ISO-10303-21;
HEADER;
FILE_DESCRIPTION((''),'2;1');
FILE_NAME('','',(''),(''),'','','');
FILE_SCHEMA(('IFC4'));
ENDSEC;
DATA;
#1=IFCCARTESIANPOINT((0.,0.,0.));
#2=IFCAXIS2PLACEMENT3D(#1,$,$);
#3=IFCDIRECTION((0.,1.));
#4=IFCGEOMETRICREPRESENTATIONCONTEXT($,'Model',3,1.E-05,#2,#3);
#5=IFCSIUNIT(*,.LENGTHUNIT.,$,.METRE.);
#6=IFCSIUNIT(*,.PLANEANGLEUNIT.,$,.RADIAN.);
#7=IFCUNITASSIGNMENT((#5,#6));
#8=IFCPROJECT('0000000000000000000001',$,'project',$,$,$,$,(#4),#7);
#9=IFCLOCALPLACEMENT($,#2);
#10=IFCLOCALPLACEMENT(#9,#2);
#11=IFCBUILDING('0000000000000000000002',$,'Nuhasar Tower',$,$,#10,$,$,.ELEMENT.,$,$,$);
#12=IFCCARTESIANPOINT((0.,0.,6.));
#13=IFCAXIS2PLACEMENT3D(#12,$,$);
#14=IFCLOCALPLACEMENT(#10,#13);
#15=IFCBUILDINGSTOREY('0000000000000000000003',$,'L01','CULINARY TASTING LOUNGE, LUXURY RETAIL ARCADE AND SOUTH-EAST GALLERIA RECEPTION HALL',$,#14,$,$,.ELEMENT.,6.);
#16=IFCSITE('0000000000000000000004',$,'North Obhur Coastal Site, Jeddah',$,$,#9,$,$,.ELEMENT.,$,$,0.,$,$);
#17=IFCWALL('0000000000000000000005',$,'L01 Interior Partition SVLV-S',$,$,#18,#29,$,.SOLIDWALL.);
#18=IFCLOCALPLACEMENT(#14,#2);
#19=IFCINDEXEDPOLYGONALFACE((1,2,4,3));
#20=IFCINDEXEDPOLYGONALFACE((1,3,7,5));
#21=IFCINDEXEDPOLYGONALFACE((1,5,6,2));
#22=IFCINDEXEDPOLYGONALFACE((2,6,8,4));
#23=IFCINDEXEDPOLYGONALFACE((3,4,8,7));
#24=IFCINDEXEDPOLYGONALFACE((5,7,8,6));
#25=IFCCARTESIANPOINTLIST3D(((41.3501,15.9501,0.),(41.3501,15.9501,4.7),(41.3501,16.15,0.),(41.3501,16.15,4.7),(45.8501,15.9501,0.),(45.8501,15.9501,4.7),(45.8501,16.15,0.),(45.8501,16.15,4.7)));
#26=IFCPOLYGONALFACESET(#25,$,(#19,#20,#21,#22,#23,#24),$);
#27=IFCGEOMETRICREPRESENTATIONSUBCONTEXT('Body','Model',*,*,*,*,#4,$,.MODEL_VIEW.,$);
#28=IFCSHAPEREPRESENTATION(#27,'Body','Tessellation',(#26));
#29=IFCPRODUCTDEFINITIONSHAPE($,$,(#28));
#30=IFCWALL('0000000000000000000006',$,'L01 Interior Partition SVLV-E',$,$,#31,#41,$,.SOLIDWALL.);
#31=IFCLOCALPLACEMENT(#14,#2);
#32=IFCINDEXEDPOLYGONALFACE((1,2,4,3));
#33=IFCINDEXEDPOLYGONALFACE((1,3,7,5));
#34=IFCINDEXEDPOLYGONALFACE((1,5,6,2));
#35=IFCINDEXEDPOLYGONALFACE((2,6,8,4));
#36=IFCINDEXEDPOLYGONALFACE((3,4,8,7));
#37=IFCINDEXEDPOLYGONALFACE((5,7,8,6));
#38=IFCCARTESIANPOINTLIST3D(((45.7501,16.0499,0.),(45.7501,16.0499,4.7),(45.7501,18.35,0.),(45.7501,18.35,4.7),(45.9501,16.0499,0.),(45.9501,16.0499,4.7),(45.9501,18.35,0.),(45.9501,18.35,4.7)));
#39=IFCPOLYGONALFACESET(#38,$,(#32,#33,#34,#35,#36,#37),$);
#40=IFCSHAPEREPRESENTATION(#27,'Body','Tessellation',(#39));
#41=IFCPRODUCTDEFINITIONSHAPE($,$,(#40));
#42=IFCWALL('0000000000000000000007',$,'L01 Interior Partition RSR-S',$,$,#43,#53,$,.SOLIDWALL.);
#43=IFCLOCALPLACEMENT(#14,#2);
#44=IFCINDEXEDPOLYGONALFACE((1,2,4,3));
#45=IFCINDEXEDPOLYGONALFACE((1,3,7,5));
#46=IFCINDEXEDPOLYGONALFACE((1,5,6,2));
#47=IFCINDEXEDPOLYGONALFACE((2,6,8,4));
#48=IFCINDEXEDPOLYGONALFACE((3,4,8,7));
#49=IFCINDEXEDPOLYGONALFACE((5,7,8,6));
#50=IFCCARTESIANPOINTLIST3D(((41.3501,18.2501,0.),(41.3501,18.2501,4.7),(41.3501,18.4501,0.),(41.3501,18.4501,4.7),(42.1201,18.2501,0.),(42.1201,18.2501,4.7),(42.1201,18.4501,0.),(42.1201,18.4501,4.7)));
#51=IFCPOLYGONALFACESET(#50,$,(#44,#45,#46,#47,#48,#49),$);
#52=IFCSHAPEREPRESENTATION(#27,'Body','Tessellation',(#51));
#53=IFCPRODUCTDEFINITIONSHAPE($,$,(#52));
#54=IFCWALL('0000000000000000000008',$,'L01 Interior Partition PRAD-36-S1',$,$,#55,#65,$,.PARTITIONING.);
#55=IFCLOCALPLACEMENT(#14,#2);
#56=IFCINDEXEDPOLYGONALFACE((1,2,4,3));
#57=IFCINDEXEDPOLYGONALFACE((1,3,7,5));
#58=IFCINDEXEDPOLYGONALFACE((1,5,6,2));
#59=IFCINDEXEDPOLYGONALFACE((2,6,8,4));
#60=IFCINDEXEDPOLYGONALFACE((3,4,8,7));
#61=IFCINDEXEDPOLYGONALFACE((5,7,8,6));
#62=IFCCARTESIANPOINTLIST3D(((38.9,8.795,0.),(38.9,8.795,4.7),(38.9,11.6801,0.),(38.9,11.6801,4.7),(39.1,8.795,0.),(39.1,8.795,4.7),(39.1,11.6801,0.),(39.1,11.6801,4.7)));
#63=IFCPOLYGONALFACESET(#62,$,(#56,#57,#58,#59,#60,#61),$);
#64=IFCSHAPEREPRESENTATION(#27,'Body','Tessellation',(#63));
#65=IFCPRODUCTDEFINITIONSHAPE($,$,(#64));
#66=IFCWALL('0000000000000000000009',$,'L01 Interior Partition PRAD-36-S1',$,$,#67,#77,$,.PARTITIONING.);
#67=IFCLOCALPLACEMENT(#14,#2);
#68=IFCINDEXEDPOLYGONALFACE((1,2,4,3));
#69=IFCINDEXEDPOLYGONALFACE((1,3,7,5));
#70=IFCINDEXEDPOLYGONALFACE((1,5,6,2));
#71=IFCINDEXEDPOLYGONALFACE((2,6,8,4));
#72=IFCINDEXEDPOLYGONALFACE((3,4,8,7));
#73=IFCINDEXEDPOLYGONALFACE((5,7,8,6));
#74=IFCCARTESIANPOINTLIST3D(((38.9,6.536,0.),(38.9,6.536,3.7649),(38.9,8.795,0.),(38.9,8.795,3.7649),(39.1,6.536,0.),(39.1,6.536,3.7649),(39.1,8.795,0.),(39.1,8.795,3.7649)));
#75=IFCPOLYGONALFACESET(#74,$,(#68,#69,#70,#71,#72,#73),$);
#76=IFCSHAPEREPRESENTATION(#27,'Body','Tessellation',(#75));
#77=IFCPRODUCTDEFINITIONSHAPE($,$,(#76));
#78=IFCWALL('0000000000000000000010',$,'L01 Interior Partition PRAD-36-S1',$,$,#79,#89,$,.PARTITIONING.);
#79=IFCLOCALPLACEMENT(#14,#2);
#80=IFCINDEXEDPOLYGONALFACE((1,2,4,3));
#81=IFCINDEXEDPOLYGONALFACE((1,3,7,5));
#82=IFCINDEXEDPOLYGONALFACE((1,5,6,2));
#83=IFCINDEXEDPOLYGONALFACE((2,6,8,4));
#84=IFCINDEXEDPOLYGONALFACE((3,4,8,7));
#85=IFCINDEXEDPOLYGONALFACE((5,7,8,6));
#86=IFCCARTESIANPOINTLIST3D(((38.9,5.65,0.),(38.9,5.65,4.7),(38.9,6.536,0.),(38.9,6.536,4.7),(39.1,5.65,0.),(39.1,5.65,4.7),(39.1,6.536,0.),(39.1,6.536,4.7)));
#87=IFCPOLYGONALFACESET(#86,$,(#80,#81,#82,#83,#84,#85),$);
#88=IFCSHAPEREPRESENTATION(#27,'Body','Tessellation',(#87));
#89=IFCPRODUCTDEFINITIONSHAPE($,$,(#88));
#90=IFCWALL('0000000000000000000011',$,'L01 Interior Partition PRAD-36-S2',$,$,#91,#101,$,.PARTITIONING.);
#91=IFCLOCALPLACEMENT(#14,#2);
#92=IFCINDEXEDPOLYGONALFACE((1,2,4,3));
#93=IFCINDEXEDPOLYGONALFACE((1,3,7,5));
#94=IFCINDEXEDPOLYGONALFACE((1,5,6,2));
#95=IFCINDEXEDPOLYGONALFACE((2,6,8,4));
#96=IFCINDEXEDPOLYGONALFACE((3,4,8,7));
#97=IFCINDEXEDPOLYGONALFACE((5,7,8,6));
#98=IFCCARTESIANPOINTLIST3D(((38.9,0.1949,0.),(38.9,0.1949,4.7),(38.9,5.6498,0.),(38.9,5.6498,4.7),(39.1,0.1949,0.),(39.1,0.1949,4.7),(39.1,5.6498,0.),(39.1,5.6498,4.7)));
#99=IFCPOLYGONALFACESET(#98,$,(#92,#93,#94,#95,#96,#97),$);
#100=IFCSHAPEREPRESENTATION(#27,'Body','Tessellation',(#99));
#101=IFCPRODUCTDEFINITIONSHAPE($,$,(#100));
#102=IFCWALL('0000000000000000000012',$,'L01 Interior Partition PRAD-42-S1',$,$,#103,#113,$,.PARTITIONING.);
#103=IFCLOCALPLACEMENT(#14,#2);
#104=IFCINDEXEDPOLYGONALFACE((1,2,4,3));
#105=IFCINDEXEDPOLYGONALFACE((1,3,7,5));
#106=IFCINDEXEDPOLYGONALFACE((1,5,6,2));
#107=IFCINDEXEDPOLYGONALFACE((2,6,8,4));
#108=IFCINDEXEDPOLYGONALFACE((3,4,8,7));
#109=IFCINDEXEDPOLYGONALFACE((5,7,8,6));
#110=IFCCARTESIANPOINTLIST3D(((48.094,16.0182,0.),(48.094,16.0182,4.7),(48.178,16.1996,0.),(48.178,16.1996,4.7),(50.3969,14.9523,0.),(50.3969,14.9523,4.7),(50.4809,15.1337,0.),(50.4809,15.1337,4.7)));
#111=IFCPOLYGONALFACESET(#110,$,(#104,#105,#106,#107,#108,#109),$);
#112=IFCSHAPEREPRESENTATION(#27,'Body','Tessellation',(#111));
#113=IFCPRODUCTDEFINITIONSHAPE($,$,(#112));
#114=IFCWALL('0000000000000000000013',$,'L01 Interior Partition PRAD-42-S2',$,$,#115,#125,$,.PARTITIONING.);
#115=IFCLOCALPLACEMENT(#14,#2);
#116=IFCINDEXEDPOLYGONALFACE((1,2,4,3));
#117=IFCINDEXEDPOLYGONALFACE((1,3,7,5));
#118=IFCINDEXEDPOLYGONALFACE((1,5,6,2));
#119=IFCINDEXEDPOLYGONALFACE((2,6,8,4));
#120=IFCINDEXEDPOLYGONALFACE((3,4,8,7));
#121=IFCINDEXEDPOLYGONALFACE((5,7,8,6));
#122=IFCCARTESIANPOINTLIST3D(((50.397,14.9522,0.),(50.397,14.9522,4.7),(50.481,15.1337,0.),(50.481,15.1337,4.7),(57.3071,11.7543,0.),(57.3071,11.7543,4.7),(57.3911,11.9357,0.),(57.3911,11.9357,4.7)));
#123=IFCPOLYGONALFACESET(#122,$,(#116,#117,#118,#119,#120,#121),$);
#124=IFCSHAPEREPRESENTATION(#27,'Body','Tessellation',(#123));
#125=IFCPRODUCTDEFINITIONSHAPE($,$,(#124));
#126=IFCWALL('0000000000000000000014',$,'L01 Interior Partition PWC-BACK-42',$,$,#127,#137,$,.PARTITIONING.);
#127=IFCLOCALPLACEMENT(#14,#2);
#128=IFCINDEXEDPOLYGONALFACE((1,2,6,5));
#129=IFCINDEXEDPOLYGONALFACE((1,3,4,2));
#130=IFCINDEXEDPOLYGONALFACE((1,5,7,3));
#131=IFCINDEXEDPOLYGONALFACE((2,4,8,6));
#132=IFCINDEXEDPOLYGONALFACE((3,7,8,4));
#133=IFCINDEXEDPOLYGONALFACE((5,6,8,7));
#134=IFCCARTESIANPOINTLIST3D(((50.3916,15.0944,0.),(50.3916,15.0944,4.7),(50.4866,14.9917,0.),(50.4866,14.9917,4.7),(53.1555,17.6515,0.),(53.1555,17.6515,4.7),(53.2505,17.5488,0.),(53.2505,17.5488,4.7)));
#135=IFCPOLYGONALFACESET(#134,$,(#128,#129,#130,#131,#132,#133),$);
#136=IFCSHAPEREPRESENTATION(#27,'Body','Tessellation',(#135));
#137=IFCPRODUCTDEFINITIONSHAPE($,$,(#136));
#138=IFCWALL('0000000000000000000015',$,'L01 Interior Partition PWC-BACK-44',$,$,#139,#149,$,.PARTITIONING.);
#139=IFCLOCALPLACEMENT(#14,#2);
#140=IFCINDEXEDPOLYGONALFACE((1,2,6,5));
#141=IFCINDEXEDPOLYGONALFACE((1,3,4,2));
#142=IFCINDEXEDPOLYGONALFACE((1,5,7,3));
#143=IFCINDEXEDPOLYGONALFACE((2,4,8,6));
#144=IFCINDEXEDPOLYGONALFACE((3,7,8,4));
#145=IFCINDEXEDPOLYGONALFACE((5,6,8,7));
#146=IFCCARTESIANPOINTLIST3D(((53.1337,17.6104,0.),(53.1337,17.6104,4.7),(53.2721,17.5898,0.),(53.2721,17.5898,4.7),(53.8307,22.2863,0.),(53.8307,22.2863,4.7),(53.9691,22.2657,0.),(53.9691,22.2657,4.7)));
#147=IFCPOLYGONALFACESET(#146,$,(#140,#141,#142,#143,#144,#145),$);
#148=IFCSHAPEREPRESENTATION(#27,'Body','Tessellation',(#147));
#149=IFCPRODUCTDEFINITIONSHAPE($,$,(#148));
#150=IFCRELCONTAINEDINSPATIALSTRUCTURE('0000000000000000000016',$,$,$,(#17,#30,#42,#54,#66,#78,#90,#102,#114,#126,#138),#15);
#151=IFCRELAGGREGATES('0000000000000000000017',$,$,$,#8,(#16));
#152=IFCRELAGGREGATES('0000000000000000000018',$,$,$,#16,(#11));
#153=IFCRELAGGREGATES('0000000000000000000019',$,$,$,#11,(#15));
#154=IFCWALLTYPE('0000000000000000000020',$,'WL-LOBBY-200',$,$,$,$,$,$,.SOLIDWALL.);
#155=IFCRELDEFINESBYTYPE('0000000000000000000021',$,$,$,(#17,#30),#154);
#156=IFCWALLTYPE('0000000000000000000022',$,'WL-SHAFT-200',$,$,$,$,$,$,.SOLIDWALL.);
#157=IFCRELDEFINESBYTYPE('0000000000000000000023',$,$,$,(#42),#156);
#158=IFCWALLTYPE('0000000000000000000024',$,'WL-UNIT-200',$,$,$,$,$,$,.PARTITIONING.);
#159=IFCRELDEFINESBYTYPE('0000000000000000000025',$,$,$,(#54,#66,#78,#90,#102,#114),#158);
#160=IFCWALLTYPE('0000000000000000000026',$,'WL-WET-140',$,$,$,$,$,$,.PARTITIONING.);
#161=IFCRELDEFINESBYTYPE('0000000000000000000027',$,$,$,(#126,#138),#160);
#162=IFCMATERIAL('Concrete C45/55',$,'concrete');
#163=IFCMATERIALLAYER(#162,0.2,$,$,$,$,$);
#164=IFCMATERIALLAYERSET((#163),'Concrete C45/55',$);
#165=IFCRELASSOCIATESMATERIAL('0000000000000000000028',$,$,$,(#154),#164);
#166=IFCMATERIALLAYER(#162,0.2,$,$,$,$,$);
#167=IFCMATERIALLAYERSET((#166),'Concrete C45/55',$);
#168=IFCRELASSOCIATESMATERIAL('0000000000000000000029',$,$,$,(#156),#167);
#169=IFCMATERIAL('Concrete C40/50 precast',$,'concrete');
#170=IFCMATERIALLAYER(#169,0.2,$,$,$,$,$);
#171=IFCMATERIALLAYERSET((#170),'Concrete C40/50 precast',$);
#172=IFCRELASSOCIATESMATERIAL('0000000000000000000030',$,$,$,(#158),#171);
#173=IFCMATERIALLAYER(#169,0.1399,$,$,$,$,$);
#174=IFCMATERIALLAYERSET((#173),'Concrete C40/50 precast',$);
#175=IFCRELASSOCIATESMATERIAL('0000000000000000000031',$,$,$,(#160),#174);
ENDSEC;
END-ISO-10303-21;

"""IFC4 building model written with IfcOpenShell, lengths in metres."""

from ifc_helpers import new_model, si_unit, direction, frame, frame_2d, origin, place, context, subcontext, project, spatial, rectangle, extrude, material, layer, layer_set, type_object, element, save


model = new_model("IFC4")

# Units and contexts
model_context = context("Model", 3, precision=1e-05, world=origin(), true_north=direction((0.0, 1.0)))
body_context = subcontext(model_context, "Body", "Model", "MODEL_VIEW")
ifc_project = project(units=[si_unit("LENGTHUNIT", "METRE"), si_unit("PLANEANGLEUNIT", "RADIAN")], contexts=[model_context])

# Site, building, storey
site_placement = place(None, origin())
site = spatial("IfcSite", under=ifc_project, at=site_placement, Name="North Obhur Coastal Site, Jeddah", CompositionType="ELEMENT", RefElevation=0.0)
building_placement = place(site_placement, origin())
building = spatial("IfcBuilding", under=site, at=building_placement, Name="Nuhasar Tower", CompositionType="ELEMENT")
storey_placement = place(building_placement, frame((0.0, 0.0, 6.0)))
storey = spatial("IfcBuildingStorey", under=building, at=storey_placement, Name="L01", Description="CULINARY TASTING LOUNGE, LUXURY RETAIL ARCADE AND SOUTH-EAST GALLERIA RECEPTION HALL", CompositionType="ELEMENT", Elevation=6.0)

# Shared definitions
ifc_material_1 = material(Name="Concrete C45/55", Category="concrete")
ifc_layer_1 = layer(ifc_material_1, 0.2)
ifc_layer_set_1 = layer_set([ifc_layer_1], Name="Concrete C45/55")
wall_type_1 = type_object("IfcWallType", Name="WL-LOBBY-200", PredefinedType="SOLIDWALL", material=ifc_layer_set_1)

# Walls
wall_1_placement = place(storey_placement, frame((41.3501, 16.05, 0.0), z_axis=(0.0, 0.0, 1.0), x_axis=(1.0, 0.0, 0.0)))
element("IfcWall", 1, at=wall_1_placement, inside=storey, type_object=wall_type_1, Name="L01 Interior Partition SVLV-S", PredefinedType="SOLIDWALL", context=body_context, shape_type="SweptSolid", body=[
    extrude(rectangle(XDim=4.5, YDim=0.2, at=frame_2d((2.25, 0.0))), origin(), (0.0, 0.0, 1.0), 4.7),
])
wall_2_placement = place(storey_placement, frame((45.8501, 16.05, 0.0), z_axis=(0.0, 0.0, 1.0), x_axis=(0.0, 1.0, 0.0)))
element("IfcWall", 2, at=wall_2_placement, inside=storey, type_object=wall_type_1, Name="L01 Interior Partition SVLV-E", PredefinedType="SOLIDWALL", context=body_context, shape_type="SweptSolid", body=[
    extrude(rectangle(XDim=2.3, YDim=0.2, at=frame_2d((1.1499, 0.0))), origin(), (0.0, 0.0, 1.0), 4.7),
])
ifc_layer_2 = layer(ifc_material_1, 0.2)
ifc_layer_set_2 = layer_set([ifc_layer_2], Name="Concrete C45/55")
wall_type_2 = type_object("IfcWallType", Name="WL-SHAFT-200", PredefinedType="SOLIDWALL", material=ifc_layer_set_2)
wall_3_placement = place(storey_placement, frame((41.3501, 18.3501, 0.0), z_axis=(0.0, 0.0, 1.0), x_axis=(1.0, 0.0, 0.0)))
element("IfcWall", 3, at=wall_3_placement, inside=storey, type_object=wall_type_2, Name="L01 Interior Partition RSR-S", PredefinedType="SOLIDWALL", context=body_context, shape_type="SweptSolid", body=[
    extrude(rectangle(XDim=0.77, YDim=0.2, at=frame_2d((0.385, 0.0))), origin(), (0.0, 0.0, 1.0), 4.7),
])
ifc_material_2 = material(Name="Concrete C40/50 precast", Category="concrete")
ifc_layer_3 = layer(ifc_material_2, 0.2)
ifc_layer_set_3 = layer_set([ifc_layer_3], Name="Concrete C40/50 precast")
wall_type_3 = type_object("IfcWallType", Name="WL-UNIT-200", PredefinedType="PARTITIONING", material=ifc_layer_set_3)
wall_4_placement = place(storey_placement, frame((39.0, 11.6799, 0.0), z_axis=(0.0, 0.0, 1.0), x_axis=(0.0, -1.0, 0.0)))
element("IfcWall", 4, at=wall_4_placement, inside=storey, type_object=wall_type_3, Name="L01 Interior Partition PRAD-36-S1", PredefinedType="PARTITIONING", context=body_context, shape_type="SweptSolid", body=[
    extrude(rectangle(XDim=2.885, YDim=0.2, at=frame_2d((1.4424, 0.0))), origin(), (0.0, 0.0, 1.0), 4.7),
])
wall_5_placement = place(storey_placement, frame((39.0, 8.7949, 0.0), z_axis=(0.0, 0.0, 1.0), x_axis=(0.0, -1.0, 0.0)))
element("IfcWall", 5, at=wall_5_placement, inside=storey, type_object=wall_type_3, Name="L01 Interior Partition PRAD-36-S1", PredefinedType="PARTITIONING", context=body_context, shape_type="SweptSolid", body=[
    extrude(rectangle(XDim=2.259, YDim=0.2, at=frame_2d((1.1294, 0.0))), origin(), (0.0, 0.0, 1.0), 3.7649),
])
wall_6_placement = place(storey_placement, frame((39.0, 6.5359, 0.0), z_axis=(0.0, 0.0, 1.0), x_axis=(0.0, -1.0, 0.0)))
element("IfcWall", 6, at=wall_6_placement, inside=storey, type_object=wall_type_3, Name="L01 Interior Partition PRAD-36-S1", PredefinedType="PARTITIONING", context=body_context, shape_type="SweptSolid", body=[
    extrude(rectangle(XDim=0.886, YDim=0.2, at=frame_2d((0.4429, 0.0))), origin(), (0.0, 0.0, 1.0), 4.7),
])
wall_7_placement = place(storey_placement, frame((39.0, 5.6499, 0.0), z_axis=(0.0, 0.0, 1.0), x_axis=(0.0, -1.0, 0.0)))
element("IfcWall", 7, at=wall_7_placement, inside=storey, type_object=wall_type_3, Name="L01 Interior Partition PRAD-36-S2", PredefinedType="PARTITIONING", context=body_context, shape_type="SweptSolid", body=[
    extrude(rectangle(XDim=5.4548, YDim=0.2, at=frame_2d((2.7275, 0.0))), origin(), (0.0, 0.0, 1.0), 4.7),
])
wall_8_placement = place(storey_placement, frame((48.136, 16.1089, 0.0), z_axis=(0.0, 0.0, 1.0), x_axis=(0.907508, -0.420034, 0.0)))
element("IfcWall", 8, at=wall_8_placement, inside=storey, type_object=wall_type_3, Name="L01 Interior Partition PRAD-42-S1", PredefinedType="PARTITIONING", context=body_context, shape_type="SweptSolid", body=[
    extrude(rectangle(XDim=2.5376, YDim=0.2, at=frame_2d((1.2688, 0.0))), origin(), (0.0, 0.0, 1.0), 4.7),
])
wall_9_placement = place(storey_placement, frame((50.439, 15.043, 0.0), z_axis=(0.0, 0.0, 1.0), x_axis=(0.907524, -0.419999, 0.0)))
element("IfcWall", 9, at=wall_9_placement, inside=storey, type_object=wall_type_3, Name="L01 Interior Partition PRAD-42-S2", PredefinedType="PARTITIONING", context=body_context, shape_type="SweptSolid", body=[
    extrude(rectangle(XDim=7.6143, YDim=0.2, at=frame_2d((3.8071, 0.0))), origin(), (0.0, 0.0, 1.0), 4.7),
])
ifc_layer_4 = layer(ifc_material_2, 0.1399)
ifc_layer_set_4 = layer_set([ifc_layer_4], Name="Concrete C40/50 precast")
wall_type_4 = type_object("IfcWallType", Name="WL-WET-140", PredefinedType="PARTITIONING", material=ifc_layer_set_4)
wall_10_placement = place(storey_placement, frame((50.439, 15.043, 0.0), z_axis=(0.0, 0.0, 1.0), x_axis=(0.734032, 0.679114, 0.0)))
element("IfcWall", 10, at=wall_10_placement, inside=storey, type_object=wall_type_4, Name="L01 Interior Partition PWC-BACK-42", PredefinedType="PARTITIONING", context=body_context, shape_type="SweptSolid", body=[
    extrude(rectangle(XDim=3.7654, YDim=0.1399, at=frame_2d((1.8828, 0.0))), origin(), (0.0, 0.0, 1.0), 4.7),
])
wall_11_placement = place(storey_placement, frame((53.2029, 17.6001, 0.0), z_axis=(0.0, 0.0, 1.0), x_axis=(0.147441, 0.989071, 0.0)))
element("IfcWall", 11, at=wall_11_placement, inside=storey, type_object=wall_type_4, Name="L01 Interior Partition PWC-BACK-44", PredefinedType="PARTITIONING", context=body_context, shape_type="SweptSolid", body=[
    extrude(rectangle(XDim=4.7275, YDim=0.1399, at=frame_2d((2.3638, 0.0))), origin(), (0.0, 0.0, 1.0), 4.7),
])

save(model, "model.ifc")
